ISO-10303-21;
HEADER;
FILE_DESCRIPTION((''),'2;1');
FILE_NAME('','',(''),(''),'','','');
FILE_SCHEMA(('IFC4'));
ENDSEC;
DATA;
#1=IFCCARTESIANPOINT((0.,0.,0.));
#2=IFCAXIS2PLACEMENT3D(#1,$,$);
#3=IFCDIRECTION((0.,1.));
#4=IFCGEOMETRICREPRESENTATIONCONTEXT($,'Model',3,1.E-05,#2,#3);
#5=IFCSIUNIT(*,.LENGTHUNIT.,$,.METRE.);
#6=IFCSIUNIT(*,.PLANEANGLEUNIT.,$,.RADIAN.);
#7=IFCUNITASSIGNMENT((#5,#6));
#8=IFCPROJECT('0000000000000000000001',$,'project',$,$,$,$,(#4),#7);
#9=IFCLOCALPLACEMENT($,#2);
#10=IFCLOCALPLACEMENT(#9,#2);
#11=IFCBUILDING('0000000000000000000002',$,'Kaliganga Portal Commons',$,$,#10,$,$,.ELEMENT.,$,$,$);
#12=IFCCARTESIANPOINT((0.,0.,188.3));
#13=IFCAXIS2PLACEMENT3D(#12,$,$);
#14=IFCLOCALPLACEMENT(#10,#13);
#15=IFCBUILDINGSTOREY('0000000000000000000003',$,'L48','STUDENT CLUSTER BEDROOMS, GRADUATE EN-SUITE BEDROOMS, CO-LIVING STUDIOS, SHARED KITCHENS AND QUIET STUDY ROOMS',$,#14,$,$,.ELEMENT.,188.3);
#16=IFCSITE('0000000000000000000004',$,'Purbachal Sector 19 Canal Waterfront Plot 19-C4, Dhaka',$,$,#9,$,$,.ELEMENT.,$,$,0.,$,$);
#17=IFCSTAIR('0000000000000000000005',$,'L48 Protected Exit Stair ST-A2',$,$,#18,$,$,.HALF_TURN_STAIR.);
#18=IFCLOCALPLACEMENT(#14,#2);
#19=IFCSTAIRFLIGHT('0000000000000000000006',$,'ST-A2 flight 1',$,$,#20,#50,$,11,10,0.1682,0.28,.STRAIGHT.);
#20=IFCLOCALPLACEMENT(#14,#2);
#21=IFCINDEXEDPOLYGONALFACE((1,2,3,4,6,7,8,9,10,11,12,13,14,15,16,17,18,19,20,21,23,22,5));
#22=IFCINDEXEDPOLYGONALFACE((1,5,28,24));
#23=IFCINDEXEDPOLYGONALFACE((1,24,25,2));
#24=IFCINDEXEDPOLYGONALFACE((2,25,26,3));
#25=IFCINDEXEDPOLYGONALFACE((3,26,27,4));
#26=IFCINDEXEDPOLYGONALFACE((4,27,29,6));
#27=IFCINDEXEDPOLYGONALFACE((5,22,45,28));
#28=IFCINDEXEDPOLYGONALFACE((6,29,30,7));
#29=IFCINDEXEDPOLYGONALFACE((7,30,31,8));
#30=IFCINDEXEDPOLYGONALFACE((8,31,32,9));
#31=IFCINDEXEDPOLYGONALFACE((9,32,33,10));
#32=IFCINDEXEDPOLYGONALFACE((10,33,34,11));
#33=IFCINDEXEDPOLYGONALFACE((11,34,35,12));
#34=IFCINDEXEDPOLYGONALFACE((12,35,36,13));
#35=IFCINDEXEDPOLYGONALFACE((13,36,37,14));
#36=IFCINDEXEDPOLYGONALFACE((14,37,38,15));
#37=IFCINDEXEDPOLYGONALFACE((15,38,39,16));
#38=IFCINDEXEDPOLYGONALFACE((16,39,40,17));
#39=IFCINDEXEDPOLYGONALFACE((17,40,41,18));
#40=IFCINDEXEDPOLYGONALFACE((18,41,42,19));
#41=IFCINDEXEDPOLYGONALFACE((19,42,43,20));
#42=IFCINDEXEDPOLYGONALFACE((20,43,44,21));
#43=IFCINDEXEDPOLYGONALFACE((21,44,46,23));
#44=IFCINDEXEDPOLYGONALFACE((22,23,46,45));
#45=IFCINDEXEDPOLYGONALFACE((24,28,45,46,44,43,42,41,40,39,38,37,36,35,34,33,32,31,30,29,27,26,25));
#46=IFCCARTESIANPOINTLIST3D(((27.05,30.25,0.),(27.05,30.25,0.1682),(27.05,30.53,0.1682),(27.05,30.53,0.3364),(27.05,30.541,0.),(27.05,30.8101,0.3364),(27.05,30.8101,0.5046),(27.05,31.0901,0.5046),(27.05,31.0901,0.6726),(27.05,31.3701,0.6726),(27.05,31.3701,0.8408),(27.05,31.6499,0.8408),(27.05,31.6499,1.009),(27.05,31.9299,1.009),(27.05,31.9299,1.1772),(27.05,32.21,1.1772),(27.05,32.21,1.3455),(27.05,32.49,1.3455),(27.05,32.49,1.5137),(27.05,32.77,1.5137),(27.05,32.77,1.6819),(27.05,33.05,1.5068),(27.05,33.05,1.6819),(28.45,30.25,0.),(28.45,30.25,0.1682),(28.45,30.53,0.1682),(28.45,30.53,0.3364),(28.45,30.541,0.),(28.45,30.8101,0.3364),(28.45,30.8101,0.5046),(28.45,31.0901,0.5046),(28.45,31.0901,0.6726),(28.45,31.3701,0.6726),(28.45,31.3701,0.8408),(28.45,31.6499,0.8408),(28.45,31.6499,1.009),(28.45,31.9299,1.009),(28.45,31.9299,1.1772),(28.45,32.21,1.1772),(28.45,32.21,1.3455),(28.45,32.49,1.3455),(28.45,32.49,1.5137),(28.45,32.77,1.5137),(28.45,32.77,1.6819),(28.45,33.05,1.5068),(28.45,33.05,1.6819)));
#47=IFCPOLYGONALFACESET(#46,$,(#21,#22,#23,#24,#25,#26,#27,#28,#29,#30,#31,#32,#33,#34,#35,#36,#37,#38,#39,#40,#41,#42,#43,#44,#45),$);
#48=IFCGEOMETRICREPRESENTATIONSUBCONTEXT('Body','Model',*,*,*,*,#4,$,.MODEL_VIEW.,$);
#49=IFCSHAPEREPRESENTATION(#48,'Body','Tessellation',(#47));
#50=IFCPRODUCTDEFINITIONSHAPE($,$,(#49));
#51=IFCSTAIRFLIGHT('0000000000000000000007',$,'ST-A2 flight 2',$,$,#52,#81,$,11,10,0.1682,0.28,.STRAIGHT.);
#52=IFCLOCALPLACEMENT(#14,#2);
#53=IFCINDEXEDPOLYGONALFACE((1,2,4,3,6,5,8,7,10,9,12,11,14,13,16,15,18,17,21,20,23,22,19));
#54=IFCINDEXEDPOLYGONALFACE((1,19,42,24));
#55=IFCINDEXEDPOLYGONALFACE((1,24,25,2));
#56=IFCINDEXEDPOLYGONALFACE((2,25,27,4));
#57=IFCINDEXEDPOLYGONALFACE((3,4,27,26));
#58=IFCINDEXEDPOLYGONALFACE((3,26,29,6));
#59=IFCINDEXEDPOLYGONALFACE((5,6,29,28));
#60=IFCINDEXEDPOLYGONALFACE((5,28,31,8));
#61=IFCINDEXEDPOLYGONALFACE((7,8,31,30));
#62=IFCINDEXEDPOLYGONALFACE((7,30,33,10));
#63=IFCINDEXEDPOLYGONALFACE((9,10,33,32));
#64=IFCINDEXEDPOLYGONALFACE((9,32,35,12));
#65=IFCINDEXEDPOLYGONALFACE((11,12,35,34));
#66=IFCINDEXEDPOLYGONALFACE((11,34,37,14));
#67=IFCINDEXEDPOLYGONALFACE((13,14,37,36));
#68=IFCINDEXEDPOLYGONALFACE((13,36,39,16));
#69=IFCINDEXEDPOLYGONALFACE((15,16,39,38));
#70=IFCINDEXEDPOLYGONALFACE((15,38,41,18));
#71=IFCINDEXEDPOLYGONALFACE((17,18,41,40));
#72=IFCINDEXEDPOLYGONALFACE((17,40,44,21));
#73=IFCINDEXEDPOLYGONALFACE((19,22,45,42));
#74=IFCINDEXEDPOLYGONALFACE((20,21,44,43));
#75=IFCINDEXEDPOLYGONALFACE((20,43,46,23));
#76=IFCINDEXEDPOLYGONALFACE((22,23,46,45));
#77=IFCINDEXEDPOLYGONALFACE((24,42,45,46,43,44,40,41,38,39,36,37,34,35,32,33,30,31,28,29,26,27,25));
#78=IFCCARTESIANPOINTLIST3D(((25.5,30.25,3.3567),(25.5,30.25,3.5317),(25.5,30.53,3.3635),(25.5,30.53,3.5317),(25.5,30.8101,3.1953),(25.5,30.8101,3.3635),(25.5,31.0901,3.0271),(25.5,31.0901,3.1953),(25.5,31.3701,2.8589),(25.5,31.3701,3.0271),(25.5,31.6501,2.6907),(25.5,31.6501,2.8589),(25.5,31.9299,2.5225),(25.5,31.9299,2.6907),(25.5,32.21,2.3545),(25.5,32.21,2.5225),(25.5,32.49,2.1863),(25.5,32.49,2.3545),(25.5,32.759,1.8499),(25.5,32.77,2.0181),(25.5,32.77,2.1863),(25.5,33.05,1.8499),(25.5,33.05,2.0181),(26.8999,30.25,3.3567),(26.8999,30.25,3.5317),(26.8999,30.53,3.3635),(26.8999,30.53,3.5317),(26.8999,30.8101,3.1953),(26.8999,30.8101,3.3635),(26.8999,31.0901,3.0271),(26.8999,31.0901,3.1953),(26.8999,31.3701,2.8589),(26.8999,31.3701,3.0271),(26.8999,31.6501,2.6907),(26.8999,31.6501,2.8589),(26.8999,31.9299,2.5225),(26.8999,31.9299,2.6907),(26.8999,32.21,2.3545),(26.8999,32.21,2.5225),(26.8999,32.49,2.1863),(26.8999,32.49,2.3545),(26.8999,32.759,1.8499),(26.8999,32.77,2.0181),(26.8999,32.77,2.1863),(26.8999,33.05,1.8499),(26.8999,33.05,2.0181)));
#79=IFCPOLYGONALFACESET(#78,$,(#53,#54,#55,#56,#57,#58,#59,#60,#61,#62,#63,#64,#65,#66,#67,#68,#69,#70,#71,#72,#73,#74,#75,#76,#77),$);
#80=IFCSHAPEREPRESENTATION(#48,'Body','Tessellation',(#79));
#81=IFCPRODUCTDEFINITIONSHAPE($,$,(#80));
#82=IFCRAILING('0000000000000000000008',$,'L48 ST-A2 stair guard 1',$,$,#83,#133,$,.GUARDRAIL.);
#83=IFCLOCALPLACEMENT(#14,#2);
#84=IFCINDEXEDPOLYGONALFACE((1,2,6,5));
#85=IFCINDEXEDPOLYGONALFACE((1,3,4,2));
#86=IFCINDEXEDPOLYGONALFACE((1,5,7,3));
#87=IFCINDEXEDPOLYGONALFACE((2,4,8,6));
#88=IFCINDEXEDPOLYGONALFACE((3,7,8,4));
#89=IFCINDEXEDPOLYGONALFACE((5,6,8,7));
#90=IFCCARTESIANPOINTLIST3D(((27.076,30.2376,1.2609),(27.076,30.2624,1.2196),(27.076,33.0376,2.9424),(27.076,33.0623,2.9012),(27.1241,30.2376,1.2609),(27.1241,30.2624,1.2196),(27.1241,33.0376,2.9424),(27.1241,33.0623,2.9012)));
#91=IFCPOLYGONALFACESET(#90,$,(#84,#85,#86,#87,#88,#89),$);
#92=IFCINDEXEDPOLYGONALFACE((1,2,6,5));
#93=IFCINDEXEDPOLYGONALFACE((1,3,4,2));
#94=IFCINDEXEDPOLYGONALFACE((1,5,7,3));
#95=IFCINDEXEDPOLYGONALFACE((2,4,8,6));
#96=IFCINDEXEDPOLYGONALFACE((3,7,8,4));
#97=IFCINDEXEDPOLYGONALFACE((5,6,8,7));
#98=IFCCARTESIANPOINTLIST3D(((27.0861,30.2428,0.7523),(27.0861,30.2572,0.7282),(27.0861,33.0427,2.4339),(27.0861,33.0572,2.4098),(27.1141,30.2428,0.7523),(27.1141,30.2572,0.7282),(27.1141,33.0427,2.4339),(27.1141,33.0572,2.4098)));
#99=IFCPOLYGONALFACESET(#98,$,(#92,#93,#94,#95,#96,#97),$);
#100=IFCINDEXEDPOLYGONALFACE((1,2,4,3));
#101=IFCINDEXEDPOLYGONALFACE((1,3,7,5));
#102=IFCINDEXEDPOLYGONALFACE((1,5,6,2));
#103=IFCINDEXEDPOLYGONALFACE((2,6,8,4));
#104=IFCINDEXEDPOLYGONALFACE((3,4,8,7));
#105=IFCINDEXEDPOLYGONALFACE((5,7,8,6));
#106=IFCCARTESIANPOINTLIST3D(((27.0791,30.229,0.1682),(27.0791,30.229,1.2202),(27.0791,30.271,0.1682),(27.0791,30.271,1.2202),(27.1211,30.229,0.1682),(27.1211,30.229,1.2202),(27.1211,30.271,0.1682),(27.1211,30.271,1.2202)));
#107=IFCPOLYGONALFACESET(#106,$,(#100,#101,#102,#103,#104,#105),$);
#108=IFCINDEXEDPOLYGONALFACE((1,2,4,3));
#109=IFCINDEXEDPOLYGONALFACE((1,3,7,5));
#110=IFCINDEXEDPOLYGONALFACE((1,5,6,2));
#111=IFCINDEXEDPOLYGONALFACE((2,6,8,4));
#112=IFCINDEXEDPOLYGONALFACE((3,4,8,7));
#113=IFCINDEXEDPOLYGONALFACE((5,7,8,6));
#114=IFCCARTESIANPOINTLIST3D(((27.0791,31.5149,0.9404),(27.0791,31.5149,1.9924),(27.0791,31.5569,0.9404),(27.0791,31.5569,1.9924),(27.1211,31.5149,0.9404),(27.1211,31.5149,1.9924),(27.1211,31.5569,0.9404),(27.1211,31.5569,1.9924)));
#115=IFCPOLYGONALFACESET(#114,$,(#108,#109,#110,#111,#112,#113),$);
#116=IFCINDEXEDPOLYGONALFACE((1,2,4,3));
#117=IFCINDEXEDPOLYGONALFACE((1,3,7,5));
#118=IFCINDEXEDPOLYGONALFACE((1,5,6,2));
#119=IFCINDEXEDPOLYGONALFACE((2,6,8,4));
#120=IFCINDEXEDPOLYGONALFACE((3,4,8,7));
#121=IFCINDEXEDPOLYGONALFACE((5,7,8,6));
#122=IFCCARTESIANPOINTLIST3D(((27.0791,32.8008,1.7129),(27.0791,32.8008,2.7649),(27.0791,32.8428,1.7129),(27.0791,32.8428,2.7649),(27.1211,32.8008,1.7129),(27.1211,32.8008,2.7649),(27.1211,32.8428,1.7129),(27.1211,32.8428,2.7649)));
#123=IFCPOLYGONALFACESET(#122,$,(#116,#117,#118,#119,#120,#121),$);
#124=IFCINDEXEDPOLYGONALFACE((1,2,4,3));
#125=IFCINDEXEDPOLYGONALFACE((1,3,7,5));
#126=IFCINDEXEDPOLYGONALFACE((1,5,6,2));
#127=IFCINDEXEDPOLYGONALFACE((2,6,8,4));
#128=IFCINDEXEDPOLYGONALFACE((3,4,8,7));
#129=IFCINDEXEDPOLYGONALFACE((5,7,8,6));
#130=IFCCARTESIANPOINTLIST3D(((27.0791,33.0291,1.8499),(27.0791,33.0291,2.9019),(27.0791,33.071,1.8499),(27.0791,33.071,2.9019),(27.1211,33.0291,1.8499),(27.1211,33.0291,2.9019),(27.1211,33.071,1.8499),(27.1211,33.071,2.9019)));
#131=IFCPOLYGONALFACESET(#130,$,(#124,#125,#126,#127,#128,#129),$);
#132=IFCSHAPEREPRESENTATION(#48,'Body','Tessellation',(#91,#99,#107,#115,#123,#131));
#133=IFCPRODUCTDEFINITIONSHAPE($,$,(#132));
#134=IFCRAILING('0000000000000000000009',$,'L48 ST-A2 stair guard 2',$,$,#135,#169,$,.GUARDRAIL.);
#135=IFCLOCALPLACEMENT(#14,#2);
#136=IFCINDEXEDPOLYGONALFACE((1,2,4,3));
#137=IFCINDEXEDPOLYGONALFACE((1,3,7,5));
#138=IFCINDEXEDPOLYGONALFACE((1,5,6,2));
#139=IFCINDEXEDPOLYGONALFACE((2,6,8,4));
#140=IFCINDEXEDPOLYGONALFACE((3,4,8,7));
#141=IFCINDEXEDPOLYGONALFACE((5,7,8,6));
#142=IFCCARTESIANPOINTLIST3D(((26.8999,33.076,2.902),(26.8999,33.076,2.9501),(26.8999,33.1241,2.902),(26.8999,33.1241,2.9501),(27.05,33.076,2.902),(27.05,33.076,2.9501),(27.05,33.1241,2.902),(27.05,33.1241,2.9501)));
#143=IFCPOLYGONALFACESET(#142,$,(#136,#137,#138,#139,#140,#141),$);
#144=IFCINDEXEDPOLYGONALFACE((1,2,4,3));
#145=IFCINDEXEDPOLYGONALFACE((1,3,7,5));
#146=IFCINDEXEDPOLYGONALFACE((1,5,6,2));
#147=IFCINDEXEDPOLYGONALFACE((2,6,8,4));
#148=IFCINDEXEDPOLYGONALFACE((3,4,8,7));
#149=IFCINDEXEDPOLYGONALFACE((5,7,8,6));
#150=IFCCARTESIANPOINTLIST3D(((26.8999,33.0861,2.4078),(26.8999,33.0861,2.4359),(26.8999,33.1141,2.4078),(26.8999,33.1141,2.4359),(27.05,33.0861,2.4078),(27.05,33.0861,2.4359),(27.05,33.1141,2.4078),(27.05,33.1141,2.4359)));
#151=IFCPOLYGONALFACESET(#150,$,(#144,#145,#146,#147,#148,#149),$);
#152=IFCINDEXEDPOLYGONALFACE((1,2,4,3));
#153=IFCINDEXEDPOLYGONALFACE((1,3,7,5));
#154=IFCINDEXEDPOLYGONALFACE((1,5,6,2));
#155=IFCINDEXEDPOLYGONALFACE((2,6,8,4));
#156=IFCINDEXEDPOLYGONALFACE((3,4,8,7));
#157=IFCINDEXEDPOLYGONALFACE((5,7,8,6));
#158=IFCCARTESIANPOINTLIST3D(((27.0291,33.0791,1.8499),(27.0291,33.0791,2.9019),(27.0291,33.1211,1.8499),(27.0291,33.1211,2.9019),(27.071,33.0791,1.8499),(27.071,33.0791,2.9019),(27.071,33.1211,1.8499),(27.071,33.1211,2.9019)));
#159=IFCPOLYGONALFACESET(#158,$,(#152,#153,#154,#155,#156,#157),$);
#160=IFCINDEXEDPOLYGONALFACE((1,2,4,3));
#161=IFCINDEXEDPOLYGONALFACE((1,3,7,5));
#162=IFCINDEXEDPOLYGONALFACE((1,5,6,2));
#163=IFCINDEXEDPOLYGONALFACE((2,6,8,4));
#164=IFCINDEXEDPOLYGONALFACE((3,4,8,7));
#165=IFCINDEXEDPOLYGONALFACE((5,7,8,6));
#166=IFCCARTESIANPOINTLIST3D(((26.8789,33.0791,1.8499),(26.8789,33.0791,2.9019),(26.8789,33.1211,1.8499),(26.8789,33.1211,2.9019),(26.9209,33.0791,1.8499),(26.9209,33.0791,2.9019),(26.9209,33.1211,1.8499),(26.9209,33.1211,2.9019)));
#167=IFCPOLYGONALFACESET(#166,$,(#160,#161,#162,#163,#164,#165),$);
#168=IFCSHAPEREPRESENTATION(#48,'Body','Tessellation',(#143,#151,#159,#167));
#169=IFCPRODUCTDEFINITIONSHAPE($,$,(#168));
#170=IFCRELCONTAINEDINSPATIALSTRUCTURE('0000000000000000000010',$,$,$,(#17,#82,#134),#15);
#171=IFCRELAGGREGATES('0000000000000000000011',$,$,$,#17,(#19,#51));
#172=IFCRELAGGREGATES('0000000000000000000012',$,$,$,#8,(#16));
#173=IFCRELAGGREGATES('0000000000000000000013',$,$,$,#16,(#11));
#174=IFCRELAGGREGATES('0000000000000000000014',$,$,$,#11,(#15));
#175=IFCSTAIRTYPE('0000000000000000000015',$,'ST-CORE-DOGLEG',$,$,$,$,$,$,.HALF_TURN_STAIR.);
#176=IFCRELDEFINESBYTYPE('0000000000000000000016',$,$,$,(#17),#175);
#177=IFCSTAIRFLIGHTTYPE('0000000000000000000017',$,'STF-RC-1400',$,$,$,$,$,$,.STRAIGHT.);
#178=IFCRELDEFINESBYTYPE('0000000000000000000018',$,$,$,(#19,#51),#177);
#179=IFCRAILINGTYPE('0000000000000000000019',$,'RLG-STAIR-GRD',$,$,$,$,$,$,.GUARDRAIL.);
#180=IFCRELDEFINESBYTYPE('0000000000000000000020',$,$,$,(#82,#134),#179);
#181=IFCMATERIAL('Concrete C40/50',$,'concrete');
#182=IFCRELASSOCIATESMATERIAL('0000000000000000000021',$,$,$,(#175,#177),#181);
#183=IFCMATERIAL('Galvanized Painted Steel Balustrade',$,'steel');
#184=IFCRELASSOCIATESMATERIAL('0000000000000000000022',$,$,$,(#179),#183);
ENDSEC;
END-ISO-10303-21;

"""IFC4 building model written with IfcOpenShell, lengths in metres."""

from ifc_helpers import new_model, si_unit, direction, frame, origin, origin_2d, place, context, subcontext, project, spatial, polyline, rectangle, outline, extrude, material, type_object, element, aggregate, save


model = new_model("IFC4")

# Units and contexts
model_context = context("Model", 3, precision=1e-05, world=origin(), true_north=direction((0.0, 1.0)))
body_context = subcontext(model_context, "Body", "Model", "MODEL_VIEW")
ifc_project = project(units=[si_unit("LENGTHUNIT", "METRE"), si_unit("PLANEANGLEUNIT", "RADIAN")], contexts=[model_context])

# Site, building, storey
site_placement = place(None, origin())
site = spatial("IfcSite", under=ifc_project, at=site_placement, Name="Purbachal Sector 19 Canal Waterfront Plot 19-C4, Dhaka", CompositionType="ELEMENT", RefElevation=0.0)
building_placement = place(site_placement, origin())
building = spatial("IfcBuilding", under=site, at=building_placement, Name="Kaliganga Portal Commons", CompositionType="ELEMENT")
storey_placement = place(building_placement, frame((0.0, 0.0, 188.3)))
storey = spatial("IfcBuildingStorey", under=building, at=storey_placement, Name="L48", Description="STUDENT CLUSTER BEDROOMS, GRADUATE EN-SUITE BEDROOMS, CO-LIVING STUDIOS, SHARED KITCHENS AND QUIET STUDY ROOMS", CompositionType="ELEMENT", Elevation=188.3)

# Stair, stair flights
ifc_material_1 = material(Name="Concrete C40/50", Category="concrete")
stair_type = type_object("IfcStairType", Name="ST-CORE-DOGLEG", PredefinedType="HALF_TURN_STAIR", material=ifc_material_1)
stair_placement = place(storey_placement, origin())
stair = element("IfcStair", 1, at=stair_placement, inside=storey, type_object=stair_type, Name="L48 Protected Exit Stair ST-A2", PredefinedType="HALF_TURN_STAIR")
stair_flight_type = type_object("IfcStairFlightType", Name="STF-RC-1400", PredefinedType="STRAIGHT", material=ifc_material_1)
stair_flight_1_placement = place(storey_placement, frame((27.75, 30.25, 0.0), z_axis=(0.0, 0.0, 1.0), x_axis=(0.0, 1.0, 0.0)))
stair_flight_1 = element("IfcStairFlight", 2, at=stair_flight_1_placement, type_object=stair_flight_type, Name="ST-A2 flight 1", NumberOfRisers=11, NumberOfTreads=10, PredefinedType="STRAIGHT", RiserHeight=0.1682, TreadLength=0.28, context=body_context, shape_type="SweptSolid", body=[
    extrude(outline(polyline([(0.0, 0.0), (0.0, 0.1682), (0.28, 0.1682), (0.28, 0.3364), (0.5601, 0.3364), (0.5601, 0.5046), (0.8401, 0.5046), (0.8401, 0.6726), (1.1201, 0.6726), (1.1201, 0.8408), (1.3999, 0.8408), (1.3999, 1.009), (1.6799, 1.009), (1.6799, 1.1772), (1.96, 1.1772), (1.96, 1.3455), (2.24, 1.3455), (2.24, 1.5137), (2.52, 1.5137), (2.52, 1.6819), (2.8, 1.6819), (2.8, 1.8501), (2.8, 1.5068), (0.291, 0.0), (0.0, 0.0)])), frame((0.0, 0.7, 0.0), z_axis=(0.0, -1.0, 0.0), x_axis=(1.0, 0.0, 0.0)), (0.0, 0.0, 1.0), 1.3999),
])
stair_flight_2_placement = place(storey_placement, frame((26.2, 33.05, 1.8499), z_axis=(0.0, 0.0, 1.0), x_axis=(0.0, -1.0, 0.0)))
stair_flight_2 = element("IfcStairFlight", 3, at=stair_flight_2_placement, type_object=stair_flight_type, Name="ST-A2 flight 2", NumberOfRisers=11, NumberOfTreads=10, PredefinedType="STRAIGHT", RiserHeight=0.1682, TreadLength=0.28, context=body_context, shape_type="SweptSolid", body=[
    extrude(outline(polyline([(0.0, 0.0), (0.0, 0.1682), (0.28, 0.1682), (0.28, 0.3364), (0.5601, 0.3364), (0.5601, 0.5046), (0.8401, 0.5046), (0.8401, 0.6726), (1.1201, 0.6726), (1.1201, 0.8408), (1.3999, 0.8408), (1.3999, 1.009), (1.6799, 1.009), (1.6799, 1.1772), (1.96, 1.1772), (1.96, 1.3455), (2.24, 1.3455), (2.24, 1.5137), (2.52, 1.5137), (2.52, 1.6819), (2.8, 1.6819), (2.8, 1.8501), (2.8, 1.5068), (0.291, 0.0), (0.0, 0.0)])), frame((0.0, 0.7, 0.0), z_axis=(0.0, -1.0, 0.0), x_axis=(1.0, 0.0, 0.0)), (0.0, 0.0, 1.0), 1.3999),
])
aggregate(stair, [stair_flight_1, stair_flight_2])

# Railings
ifc_material_2 = material(Name="Galvanized Painted Steel Balustrade", Category="steel")
railing_type_1 = type_object("IfcRailingType", Name="RLG-STAIR-GRD", PredefinedType="GUARDRAIL", material=ifc_material_2)
railing_1_placement = place(storey_placement, frame((27.1001, 30.25, 0.1682)))
element("IfcRailing", 4, at=railing_1_placement, inside=storey, type_object=railing_type_1, Name="L48 ST-A2 stair guard 1", PredefinedType="GUARDRAIL", context=body_context, shape_type="SweptSolid", body=[
    extrude(rectangle(XDim=0.0481, YDim=0.0481, at=origin_2d()), frame((0.0, 0.0, 1.072), z_axis=(0.0, 0.857275, 0.514858), x_axis=(-1.0, 0.0, 0.0)), (0.0, 0.0, 1.0), 3.2661),
    extrude(rectangle(XDim=0.0281, YDim=0.0281, at=origin_2d()), frame((0.0, 0.0, 0.572), z_axis=(0.0, 0.857275, 0.514858), x_axis=(-1.0, 0.0, 0.0)), (0.0, 0.0, 1.0), 3.2661),
    extrude(rectangle(XDim=0.042, YDim=0.042, at=origin_2d()), origin(), (0.0, 0.0, 1.0), 1.052),
    extrude(rectangle(XDim=0.042, YDim=0.042, at=origin_2d()), frame((0.0, 1.2859, 0.7722)), (0.0, 0.0, 1.0), 1.052),
    extrude(rectangle(XDim=0.042, YDim=0.042, at=origin_2d()), frame((0.0, 2.5718, 1.5447)), (0.0, 0.0, 1.0), 1.052),
    extrude(rectangle(XDim=0.042, YDim=0.042, at=origin_2d()), frame((0.0, 2.8, 1.6816)), (0.0, 0.0, 1.0), 1.052),
])
railing_2_placement = place(storey_placement, frame((27.05, 33.1001, 1.8499)))
element("IfcRailing", 5, at=railing_2_placement, inside=storey, type_object=railing_type_1, Name="L48 ST-A2 stair guard 2", PredefinedType="GUARDRAIL", context=body_context, shape_type="SweptSolid", body=[
    extrude(rectangle(XDim=0.0481, YDim=0.0481, at=origin_2d()), frame((0.0, 0.0, 1.0762), z_axis=(-1.0, 0.0, 0.0), x_axis=(0.0, -1.0, 0.0)), (0.0, 0.0, 1.0), 0.1501),
    extrude(rectangle(XDim=0.0281, YDim=0.0281, at=origin_2d()), frame((0.0, 0.0, 0.572), z_axis=(-1.0, 0.0, 0.0), x_axis=(0.0, -1.0, 0.0)), (0.0, 0.0, 1.0), 0.1501),
    extrude(rectangle(XDim=0.042, YDim=0.042, at=origin_2d()), origin(), (0.0, 0.0, 1.0), 1.052),
    extrude(rectangle(XDim=0.042, YDim=0.042, at=origin_2d()), frame((-0.1501, 0.0, 0.0)), (0.0, 0.0, 1.0), 1.052),
])

save(model, "model.ifc")
